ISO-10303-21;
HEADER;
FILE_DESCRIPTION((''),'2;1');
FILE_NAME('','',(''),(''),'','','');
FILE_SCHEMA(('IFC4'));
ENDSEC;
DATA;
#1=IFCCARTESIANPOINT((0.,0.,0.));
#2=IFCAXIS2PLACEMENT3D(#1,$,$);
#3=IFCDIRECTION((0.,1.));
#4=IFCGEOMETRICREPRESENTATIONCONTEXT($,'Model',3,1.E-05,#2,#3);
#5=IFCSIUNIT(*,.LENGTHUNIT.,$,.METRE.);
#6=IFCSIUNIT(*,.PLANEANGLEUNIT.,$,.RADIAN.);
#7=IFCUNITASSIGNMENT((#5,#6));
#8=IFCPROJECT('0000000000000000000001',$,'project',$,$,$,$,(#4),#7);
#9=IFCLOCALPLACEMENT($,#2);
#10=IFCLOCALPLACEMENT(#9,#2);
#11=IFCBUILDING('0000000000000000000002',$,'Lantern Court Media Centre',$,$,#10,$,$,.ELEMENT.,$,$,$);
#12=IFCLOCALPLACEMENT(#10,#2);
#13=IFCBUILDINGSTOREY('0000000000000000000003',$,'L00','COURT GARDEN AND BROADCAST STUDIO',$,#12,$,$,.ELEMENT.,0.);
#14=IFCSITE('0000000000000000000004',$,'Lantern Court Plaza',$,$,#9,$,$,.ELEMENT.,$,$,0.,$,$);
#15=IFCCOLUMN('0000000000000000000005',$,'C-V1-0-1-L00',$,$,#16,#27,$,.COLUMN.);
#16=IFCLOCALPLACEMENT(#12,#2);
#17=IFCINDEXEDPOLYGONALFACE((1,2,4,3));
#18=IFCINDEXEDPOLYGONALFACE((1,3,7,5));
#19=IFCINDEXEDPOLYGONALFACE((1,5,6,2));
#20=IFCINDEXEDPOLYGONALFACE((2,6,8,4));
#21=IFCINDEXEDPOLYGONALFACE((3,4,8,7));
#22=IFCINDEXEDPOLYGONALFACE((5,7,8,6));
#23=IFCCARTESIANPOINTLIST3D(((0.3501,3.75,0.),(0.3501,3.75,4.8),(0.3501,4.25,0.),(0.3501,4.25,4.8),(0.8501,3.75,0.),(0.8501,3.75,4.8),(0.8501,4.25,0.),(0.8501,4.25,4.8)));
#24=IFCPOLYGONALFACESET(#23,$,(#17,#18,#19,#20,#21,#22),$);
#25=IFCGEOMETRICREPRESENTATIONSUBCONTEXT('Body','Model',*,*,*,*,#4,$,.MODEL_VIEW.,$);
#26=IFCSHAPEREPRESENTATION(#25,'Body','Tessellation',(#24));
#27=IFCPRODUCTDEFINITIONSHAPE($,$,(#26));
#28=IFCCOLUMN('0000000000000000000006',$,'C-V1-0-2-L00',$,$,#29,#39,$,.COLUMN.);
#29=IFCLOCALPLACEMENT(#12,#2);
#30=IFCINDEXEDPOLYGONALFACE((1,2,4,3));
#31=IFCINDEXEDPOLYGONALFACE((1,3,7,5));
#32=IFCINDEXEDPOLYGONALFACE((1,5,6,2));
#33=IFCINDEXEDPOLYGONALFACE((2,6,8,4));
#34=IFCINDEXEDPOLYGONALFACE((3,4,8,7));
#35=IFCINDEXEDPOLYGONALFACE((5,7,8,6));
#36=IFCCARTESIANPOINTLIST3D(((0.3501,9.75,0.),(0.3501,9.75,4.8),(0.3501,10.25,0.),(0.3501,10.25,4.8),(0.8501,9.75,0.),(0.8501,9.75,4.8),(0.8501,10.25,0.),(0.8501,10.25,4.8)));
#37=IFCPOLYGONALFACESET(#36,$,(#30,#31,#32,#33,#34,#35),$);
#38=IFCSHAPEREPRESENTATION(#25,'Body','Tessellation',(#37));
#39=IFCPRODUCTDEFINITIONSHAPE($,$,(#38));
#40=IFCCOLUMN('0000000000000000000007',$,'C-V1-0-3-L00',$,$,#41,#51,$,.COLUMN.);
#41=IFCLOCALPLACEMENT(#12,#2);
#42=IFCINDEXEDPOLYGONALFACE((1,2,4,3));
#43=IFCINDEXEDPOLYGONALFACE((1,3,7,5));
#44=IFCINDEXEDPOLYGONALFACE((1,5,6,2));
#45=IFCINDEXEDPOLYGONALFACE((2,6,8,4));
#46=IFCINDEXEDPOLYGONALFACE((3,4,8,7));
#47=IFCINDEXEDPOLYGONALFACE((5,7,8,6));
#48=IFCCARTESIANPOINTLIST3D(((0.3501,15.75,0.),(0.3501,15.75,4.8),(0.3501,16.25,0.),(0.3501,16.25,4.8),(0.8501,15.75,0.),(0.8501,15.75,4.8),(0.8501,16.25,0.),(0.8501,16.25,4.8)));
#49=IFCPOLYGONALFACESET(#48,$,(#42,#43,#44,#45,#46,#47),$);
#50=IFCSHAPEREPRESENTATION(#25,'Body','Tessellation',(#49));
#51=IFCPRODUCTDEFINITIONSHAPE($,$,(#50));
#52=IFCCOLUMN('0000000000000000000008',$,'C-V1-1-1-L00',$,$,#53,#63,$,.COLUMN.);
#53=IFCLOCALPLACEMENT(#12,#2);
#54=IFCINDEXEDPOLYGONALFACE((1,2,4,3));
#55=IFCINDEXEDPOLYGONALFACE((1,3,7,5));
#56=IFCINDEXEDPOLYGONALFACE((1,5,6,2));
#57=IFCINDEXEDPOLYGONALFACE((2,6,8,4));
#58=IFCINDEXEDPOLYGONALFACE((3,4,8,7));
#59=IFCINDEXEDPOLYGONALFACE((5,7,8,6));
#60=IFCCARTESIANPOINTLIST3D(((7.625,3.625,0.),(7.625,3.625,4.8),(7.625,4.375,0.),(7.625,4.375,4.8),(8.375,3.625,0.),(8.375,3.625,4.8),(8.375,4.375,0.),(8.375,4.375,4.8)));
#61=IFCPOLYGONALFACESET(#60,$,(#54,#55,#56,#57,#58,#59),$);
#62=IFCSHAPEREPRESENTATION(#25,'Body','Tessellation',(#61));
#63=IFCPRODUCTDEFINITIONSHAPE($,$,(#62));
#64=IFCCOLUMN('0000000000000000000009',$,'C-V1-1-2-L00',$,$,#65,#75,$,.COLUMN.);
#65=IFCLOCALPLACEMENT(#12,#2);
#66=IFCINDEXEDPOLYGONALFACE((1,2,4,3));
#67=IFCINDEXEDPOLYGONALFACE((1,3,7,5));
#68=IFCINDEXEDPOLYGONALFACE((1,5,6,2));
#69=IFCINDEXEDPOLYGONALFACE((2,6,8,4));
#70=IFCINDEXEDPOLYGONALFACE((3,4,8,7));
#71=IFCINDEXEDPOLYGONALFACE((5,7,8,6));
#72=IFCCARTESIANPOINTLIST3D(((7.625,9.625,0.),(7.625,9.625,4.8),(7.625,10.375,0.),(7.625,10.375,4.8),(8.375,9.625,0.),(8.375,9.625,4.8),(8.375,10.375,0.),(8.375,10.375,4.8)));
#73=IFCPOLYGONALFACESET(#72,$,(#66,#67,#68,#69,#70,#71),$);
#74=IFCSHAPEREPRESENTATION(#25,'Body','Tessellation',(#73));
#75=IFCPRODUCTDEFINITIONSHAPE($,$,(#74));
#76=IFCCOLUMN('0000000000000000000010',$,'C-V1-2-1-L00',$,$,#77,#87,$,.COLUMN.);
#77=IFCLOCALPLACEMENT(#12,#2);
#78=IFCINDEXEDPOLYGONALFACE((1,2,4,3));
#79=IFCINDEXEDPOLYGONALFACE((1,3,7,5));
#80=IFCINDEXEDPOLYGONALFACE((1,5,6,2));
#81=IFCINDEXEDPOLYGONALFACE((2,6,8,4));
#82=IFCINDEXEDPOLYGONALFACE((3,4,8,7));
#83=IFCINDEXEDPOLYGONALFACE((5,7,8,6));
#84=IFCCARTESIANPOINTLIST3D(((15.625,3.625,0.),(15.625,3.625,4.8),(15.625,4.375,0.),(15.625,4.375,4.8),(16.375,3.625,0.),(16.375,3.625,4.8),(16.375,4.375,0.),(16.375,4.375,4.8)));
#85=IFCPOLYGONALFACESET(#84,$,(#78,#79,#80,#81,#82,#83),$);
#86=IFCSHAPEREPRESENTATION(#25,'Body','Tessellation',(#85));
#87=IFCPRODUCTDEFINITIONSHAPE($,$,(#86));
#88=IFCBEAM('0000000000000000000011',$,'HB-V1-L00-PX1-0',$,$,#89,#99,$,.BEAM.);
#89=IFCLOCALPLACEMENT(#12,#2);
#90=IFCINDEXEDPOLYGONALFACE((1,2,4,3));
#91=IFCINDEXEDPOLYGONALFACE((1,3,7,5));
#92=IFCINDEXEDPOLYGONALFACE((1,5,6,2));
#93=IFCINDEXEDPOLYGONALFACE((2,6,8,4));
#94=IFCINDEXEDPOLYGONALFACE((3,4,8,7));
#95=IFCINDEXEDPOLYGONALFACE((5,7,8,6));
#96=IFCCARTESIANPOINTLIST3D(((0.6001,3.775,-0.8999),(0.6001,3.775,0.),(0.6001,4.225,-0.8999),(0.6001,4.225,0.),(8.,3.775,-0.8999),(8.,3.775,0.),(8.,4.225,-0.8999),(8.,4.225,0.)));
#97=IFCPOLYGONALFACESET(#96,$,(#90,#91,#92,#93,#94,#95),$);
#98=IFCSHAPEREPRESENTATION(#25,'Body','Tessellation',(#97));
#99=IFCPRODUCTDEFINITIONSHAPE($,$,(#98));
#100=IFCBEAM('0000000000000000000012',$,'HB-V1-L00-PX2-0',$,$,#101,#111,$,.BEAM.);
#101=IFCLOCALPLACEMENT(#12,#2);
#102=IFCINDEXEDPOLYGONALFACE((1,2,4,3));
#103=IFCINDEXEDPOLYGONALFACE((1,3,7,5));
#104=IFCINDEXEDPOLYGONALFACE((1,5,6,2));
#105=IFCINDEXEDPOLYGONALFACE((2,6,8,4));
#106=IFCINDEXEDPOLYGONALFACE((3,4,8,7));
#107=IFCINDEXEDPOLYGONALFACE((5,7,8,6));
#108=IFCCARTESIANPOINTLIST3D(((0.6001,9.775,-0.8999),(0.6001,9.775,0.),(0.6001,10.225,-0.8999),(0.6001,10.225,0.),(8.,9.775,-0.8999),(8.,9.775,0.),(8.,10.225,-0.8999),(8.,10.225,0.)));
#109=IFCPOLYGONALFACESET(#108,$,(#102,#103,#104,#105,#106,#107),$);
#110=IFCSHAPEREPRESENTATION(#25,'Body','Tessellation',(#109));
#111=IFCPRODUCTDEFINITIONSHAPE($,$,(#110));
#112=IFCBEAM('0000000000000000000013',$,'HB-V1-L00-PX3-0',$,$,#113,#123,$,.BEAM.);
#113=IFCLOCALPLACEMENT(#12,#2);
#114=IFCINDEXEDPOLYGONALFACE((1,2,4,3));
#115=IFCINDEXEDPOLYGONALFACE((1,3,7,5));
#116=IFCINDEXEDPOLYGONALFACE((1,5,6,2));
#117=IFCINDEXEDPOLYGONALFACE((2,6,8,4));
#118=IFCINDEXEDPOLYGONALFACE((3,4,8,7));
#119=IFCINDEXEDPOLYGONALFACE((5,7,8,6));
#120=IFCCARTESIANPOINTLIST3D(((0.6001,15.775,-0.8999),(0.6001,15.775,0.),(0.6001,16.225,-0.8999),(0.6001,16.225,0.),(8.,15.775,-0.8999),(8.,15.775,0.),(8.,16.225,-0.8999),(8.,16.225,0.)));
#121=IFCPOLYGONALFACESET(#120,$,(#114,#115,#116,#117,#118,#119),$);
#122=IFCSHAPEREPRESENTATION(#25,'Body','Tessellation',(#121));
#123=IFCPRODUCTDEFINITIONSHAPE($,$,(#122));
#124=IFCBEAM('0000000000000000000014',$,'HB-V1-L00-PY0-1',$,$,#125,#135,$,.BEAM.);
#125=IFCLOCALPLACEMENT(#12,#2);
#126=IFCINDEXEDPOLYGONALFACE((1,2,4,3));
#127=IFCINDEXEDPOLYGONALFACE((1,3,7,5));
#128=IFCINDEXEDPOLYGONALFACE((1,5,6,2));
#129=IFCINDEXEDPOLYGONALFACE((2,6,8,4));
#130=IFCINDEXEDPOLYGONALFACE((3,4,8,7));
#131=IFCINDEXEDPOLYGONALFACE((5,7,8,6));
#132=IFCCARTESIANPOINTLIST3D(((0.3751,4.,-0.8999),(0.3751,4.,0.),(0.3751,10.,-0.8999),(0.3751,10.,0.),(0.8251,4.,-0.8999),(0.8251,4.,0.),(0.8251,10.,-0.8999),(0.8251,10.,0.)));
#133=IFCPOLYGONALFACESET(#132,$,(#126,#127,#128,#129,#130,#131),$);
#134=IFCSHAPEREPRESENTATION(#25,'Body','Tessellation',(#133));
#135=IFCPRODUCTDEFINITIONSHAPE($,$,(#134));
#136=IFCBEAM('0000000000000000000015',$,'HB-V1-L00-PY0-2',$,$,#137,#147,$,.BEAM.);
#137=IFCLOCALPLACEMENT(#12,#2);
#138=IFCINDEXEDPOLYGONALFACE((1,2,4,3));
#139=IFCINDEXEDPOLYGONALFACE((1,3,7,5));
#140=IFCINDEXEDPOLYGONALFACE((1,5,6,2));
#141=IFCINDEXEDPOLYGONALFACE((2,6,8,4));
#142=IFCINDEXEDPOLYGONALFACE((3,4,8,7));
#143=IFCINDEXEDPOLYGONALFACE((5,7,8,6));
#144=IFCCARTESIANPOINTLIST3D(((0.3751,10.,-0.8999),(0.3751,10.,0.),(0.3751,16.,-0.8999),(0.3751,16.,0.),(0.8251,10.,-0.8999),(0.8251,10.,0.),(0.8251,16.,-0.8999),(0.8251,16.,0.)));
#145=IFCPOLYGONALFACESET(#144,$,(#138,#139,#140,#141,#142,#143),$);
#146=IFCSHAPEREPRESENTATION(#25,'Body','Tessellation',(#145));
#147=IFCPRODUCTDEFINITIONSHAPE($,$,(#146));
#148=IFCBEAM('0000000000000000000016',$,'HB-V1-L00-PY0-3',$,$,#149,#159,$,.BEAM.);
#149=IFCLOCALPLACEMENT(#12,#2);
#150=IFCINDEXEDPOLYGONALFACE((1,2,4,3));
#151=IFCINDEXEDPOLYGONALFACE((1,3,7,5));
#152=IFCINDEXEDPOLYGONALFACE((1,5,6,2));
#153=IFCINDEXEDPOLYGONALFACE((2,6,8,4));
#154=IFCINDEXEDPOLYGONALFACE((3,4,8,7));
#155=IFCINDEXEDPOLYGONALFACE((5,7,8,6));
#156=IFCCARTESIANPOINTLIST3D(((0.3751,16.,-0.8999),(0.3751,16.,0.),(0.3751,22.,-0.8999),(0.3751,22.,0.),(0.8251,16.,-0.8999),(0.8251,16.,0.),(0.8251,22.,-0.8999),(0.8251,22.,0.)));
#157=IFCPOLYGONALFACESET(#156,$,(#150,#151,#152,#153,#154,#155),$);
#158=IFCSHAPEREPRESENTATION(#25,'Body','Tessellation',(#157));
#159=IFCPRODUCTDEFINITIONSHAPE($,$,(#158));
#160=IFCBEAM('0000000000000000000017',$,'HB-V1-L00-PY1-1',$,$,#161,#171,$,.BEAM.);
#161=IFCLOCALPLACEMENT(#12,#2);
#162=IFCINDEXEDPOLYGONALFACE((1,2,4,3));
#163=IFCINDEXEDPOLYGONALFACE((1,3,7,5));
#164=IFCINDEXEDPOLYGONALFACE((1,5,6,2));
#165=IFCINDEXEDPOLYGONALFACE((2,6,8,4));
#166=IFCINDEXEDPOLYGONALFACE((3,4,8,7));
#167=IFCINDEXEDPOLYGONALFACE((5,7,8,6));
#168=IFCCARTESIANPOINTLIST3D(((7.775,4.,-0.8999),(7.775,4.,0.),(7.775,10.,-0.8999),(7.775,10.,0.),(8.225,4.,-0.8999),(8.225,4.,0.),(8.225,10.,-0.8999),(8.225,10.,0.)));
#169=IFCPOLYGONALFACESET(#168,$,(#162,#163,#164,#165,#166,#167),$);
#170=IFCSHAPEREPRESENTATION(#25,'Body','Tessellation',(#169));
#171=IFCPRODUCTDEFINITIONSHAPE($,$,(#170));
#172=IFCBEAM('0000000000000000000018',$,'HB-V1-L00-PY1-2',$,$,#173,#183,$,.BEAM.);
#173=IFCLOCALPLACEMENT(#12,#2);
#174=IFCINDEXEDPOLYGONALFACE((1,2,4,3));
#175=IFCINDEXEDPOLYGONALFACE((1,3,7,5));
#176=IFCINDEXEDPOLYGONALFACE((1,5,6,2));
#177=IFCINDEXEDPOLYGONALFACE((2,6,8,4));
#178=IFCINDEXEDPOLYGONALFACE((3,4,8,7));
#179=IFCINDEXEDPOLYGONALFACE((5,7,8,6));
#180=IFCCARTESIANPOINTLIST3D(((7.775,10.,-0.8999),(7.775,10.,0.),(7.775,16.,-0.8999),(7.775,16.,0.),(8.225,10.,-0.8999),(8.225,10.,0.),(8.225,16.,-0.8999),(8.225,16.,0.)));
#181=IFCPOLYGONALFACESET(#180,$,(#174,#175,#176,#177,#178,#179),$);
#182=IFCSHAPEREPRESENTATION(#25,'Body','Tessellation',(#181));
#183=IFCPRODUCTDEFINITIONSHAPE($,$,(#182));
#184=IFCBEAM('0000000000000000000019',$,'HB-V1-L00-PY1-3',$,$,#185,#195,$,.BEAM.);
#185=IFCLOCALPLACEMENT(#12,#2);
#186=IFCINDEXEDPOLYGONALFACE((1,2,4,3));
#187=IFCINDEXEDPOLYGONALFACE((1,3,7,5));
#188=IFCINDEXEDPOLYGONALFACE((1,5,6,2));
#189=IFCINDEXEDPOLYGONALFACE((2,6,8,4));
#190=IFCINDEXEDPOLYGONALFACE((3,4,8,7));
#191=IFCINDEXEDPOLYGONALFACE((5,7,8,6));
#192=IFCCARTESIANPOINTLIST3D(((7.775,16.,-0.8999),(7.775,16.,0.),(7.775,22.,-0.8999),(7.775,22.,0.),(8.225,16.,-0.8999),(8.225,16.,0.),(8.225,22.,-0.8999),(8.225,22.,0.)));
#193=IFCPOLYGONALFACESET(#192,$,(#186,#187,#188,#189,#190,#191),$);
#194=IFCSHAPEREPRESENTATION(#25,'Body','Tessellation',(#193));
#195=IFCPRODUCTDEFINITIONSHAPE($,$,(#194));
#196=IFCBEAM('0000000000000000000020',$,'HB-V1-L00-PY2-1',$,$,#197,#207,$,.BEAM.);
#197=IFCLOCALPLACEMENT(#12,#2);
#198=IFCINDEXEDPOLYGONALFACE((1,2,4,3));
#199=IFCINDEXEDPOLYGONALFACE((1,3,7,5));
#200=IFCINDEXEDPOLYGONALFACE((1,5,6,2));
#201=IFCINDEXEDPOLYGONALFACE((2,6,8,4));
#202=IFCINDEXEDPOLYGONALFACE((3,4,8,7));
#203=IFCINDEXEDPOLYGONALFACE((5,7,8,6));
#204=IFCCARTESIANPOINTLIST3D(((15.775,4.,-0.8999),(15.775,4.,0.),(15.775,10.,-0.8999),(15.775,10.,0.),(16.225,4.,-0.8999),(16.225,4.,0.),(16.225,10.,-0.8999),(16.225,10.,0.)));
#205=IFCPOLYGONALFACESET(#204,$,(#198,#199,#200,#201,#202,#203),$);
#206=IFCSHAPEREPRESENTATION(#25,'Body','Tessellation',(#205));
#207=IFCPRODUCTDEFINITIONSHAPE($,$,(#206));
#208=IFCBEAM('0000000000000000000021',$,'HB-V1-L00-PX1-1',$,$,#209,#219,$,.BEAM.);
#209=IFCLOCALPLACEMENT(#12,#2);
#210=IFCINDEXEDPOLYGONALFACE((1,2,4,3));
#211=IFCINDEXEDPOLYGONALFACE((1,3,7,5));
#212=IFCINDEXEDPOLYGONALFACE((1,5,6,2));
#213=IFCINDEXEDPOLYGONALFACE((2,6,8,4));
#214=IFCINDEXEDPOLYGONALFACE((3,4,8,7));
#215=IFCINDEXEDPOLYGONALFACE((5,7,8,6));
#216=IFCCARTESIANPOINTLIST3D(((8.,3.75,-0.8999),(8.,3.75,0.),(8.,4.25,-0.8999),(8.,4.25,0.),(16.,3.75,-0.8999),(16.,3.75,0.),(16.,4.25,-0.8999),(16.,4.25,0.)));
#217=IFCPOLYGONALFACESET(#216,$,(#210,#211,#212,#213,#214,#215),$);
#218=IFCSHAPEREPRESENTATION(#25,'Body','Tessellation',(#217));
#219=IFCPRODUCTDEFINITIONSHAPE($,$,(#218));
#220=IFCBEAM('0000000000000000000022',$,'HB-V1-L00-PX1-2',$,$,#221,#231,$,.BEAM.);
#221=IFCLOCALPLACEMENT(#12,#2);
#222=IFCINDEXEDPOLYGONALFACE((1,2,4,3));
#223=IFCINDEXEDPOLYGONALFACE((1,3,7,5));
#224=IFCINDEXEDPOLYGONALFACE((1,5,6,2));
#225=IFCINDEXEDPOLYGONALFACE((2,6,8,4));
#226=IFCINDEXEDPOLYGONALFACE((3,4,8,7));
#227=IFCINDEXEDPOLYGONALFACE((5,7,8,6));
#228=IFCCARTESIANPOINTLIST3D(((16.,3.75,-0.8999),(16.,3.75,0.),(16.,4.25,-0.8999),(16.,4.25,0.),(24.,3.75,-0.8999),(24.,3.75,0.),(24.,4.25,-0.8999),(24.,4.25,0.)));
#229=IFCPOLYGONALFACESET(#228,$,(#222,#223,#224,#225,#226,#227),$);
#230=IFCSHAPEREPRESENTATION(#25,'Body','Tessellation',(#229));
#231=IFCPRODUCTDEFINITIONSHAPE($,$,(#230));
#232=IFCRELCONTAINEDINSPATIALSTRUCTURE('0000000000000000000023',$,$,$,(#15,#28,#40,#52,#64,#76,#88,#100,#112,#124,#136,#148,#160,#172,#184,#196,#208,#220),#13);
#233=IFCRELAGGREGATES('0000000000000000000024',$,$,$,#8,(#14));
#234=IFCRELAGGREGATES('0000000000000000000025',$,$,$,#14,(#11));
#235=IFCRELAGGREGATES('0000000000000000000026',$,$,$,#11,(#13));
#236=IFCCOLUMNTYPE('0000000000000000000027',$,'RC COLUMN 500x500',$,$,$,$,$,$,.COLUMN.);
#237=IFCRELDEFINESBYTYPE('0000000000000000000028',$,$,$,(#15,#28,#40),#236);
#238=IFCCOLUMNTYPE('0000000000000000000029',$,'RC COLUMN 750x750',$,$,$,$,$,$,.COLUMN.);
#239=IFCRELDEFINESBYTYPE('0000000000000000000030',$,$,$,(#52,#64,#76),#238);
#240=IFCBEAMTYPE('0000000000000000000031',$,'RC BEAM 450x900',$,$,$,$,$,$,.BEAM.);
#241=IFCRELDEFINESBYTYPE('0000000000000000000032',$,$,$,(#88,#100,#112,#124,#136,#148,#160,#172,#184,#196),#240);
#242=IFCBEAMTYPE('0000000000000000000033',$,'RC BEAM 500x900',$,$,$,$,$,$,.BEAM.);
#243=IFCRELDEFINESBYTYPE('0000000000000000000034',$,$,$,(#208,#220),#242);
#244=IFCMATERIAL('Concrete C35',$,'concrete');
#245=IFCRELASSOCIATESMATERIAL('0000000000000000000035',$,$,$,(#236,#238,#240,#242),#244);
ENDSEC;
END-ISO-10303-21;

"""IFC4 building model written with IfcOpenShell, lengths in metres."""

from ifc_helpers import new_model, si_unit, direction, frame, origin, origin_2d, place, context, subcontext, project, spatial, rectangle, extrude, material, material_profile, profile_set, type_object, element, save


model = new_model("IFC4")

# Units and contexts
model_context = context("Model", 3, precision=1e-05, world=origin(), true_north=direction((0.0, 1.0)))
body_context = subcontext(model_context, "Body", "Model", "MODEL_VIEW")
ifc_project = project(units=[si_unit("LENGTHUNIT", "METRE"), si_unit("PLANEANGLEUNIT", "RADIAN")], contexts=[model_context])

# Site, building, storey
site_placement = place(None, origin())
site = spatial("IfcSite", under=ifc_project, at=site_placement, Name="Lantern Court Plaza", CompositionType="ELEMENT", RefElevation=0.0)
building_placement = place(site_placement, origin())
building = spatial("IfcBuilding", under=site, at=building_placement, Name="Lantern Court Media Centre", CompositionType="ELEMENT")
storey_placement = place(building_placement, origin())
storey = spatial("IfcBuildingStorey", under=building, at=storey_placement, Name="L00", Description="COURT GARDEN AND BROADCAST STUDIO", CompositionType="ELEMENT", Elevation=0.0)

# Columns
ifc_material_1 = material(Name="Concrete C35", Category="concrete")
ifc_material_profile_1 = material_profile(ifc_material_1, rectangle(XDim=0.5, YDim=0.5, at=origin_2d()), Name="RC 500x500")
ifc_profile_set_1 = profile_set([ifc_material_profile_1], Name="Concrete C35")
column_type_1 = type_object("IfcColumnType", Name="RC COLUMN 500x500", PredefinedType="COLUMN", material=ifc_profile_set_1)
for number, where, z_axis, x_axis, name in (
    (1, (0.6001, 4.0, 0.0), (0.0, 0.0, 1.0), (1.0, 0.0, 0.0), "C-V1-0-1-L00"),
    (2, (0.6001, 10.0, 0.0), (0.0, 0.0, 1.0), (1.0, 0.0, 0.0), "C-V1-0-2-L00"),
    (3, (0.6001, 16.0, 0.0), (0.0, 0.0, 1.0), (1.0, 0.0, 0.0), "C-V1-0-3-L00"),
):
    element("IfcColumn", number, at=place(storey_placement, frame(where, z_axis=z_axis, x_axis=x_axis)), inside=storey, type_object=column_type_1, Name=name, PredefinedType="COLUMN", context=body_context, shape_type="SweptSolid", body=[
        extrude(rectangle(XDim=0.5, YDim=0.5, at=origin_2d()), origin(), (0.0, 0.0, 1.0), 4.8),
    ])
ifc_material_profile_2 = material_profile(ifc_material_1, rectangle(XDim=0.75, YDim=0.75, at=origin_2d()), Name="RC 750x750")
ifc_profile_set_2 = profile_set([ifc_material_profile_2], Name="Concrete C35")
column_type_2 = type_object("IfcColumnType", Name="RC COLUMN 750x750", PredefinedType="COLUMN", material=ifc_profile_set_2)
for number, where, z_axis, x_axis, name in (
    (4, (8.0, 4.0, 0.0), (0.0, 0.0, 1.0), (1.0, 0.0, 0.0), "C-V1-1-1-L00"),
    (5, (8.0, 10.0, 0.0), (0.0, 0.0, 1.0), (1.0, 0.0, 0.0), "C-V1-1-2-L00"),
    (6, (16.0, 4.0, 0.0), (0.0, 0.0, 1.0), (1.0, 0.0, 0.0), "C-V1-2-1-L00"),
):
    element("IfcColumn", number, at=place(storey_placement, frame(where, z_axis=z_axis, x_axis=x_axis)), inside=storey, type_object=column_type_2, Name=name, PredefinedType="COLUMN", context=body_context, shape_type="SweptSolid", body=[
        extrude(rectangle(XDim=0.75, YDim=0.75, at=origin_2d()), origin(), (0.0, 0.0, 1.0), 4.8),
    ])

# Beams
ifc_material_profile_3 = material_profile(ifc_material_1, rectangle(XDim=0.45, YDim=0.8999, at=origin_2d()), Name="RC 450x900")
ifc_profile_set_3 = profile_set([ifc_material_profile_3], Name="Concrete C35")
beam_type_1 = type_object("IfcBeamType", Name="RC BEAM 450x900", PredefinedType="BEAM", material=ifc_profile_set_3)
for number, where, z_axis, x_axis, name in (
    (7, (0.6001, 4.0, -0.45), (1.0, 0.0, 0.0), (0.0, 1.0, 0.0), "HB-V1-L00-PX1-0"),
    (8, (0.6001, 10.0, -0.45), (1.0, 0.0, 0.0), (0.0, 1.0, 0.0), "HB-V1-L00-PX2-0"),
    (9, (0.6001, 16.0, -0.45), (1.0, 0.0, 0.0), (0.0, 1.0, 0.0), "HB-V1-L00-PX3-0"),
):
    element("IfcBeam", number, at=place(storey_placement, frame(where, z_axis=z_axis, x_axis=x_axis)), inside=storey, type_object=beam_type_1, Name=name, PredefinedType="BEAM", context=body_context, shape_type="SweptSolid", body=[
        extrude(rectangle(XDim=0.45, YDim=0.8999, at=origin_2d()), origin(), (0.0, 0.0, 1.0), 7.3999),
    ])
for number, where, z_axis, x_axis, name in (
    (10, (0.6001, 4.0, -0.45), (0.0, 1.0, 0.0), (-1.0, 0.0, 0.0), "HB-V1-L00-PY0-1"),
    (11, (0.6001, 10.0, -0.45), (0.0, 1.0, 0.0), (-1.0, 0.0, 0.0), "HB-V1-L00-PY0-2"),
    (12, (0.6001, 16.0, -0.45), (0.0, 1.0, 0.0), (-1.0, 0.0, 0.0), "HB-V1-L00-PY0-3"),
    (13, (8.0, 4.0, -0.45), (0.0, 1.0, 0.0), (-1.0, 0.0, 0.0), "HB-V1-L00-PY1-1"),
    (14, (8.0, 10.0, -0.45), (0.0, 1.0, 0.0), (-1.0, 0.0, 0.0), "HB-V1-L00-PY1-2"),
    (15, (8.0, 16.0, -0.45), (0.0, 1.0, 0.0), (-1.0, 0.0, 0.0), "HB-V1-L00-PY1-3"),
    (16, (16.0, 4.0, -0.45), (0.0, 1.0, 0.0), (-1.0, 0.0, 0.0), "HB-V1-L00-PY2-1"),
):
    element("IfcBeam", number, at=place(storey_placement, frame(where, z_axis=z_axis, x_axis=x_axis)), inside=storey, type_object=beam_type_1, Name=name, PredefinedType="BEAM", context=body_context, shape_type="SweptSolid", body=[
        extrude(rectangle(XDim=0.45, YDim=0.8999, at=origin_2d()), origin(), (0.0, 0.0, 1.0), 6.0),
    ])
ifc_material_profile_4 = material_profile(ifc_material_1, rectangle(XDim=0.5, YDim=0.8999, at=origin_2d()), Name="RC 500x900")
ifc_profile_set_4 = profile_set([ifc_material_profile_4], Name="Concrete C35")
beam_type_2 = type_object("IfcBeamType", Name="RC BEAM 500x900", PredefinedType="BEAM", material=ifc_profile_set_4)
for number, where, z_axis, x_axis, name in (
    (17, (8.0, 4.0, -0.45), (1.0, 0.0, 0.0), (0.0, 1.0, 0.0), "HB-V1-L00-PX1-1"),
    (18, (16.0, 4.0, -0.45), (1.0, 0.0, 0.0), (0.0, 1.0, 0.0), "HB-V1-L00-PX1-2"),
):
    element("IfcBeam", number, at=place(storey_placement, frame(where, z_axis=z_axis, x_axis=x_axis)), inside=storey, type_object=beam_type_2, Name=name, PredefinedType="BEAM", context=body_context, shape_type="SweptSolid", body=[
        extrude(rectangle(XDim=0.5, YDim=0.8999, at=origin_2d()), origin(), (0.0, 0.0, 1.0), 8.0),
    ])

save(model, "model.ifc")
